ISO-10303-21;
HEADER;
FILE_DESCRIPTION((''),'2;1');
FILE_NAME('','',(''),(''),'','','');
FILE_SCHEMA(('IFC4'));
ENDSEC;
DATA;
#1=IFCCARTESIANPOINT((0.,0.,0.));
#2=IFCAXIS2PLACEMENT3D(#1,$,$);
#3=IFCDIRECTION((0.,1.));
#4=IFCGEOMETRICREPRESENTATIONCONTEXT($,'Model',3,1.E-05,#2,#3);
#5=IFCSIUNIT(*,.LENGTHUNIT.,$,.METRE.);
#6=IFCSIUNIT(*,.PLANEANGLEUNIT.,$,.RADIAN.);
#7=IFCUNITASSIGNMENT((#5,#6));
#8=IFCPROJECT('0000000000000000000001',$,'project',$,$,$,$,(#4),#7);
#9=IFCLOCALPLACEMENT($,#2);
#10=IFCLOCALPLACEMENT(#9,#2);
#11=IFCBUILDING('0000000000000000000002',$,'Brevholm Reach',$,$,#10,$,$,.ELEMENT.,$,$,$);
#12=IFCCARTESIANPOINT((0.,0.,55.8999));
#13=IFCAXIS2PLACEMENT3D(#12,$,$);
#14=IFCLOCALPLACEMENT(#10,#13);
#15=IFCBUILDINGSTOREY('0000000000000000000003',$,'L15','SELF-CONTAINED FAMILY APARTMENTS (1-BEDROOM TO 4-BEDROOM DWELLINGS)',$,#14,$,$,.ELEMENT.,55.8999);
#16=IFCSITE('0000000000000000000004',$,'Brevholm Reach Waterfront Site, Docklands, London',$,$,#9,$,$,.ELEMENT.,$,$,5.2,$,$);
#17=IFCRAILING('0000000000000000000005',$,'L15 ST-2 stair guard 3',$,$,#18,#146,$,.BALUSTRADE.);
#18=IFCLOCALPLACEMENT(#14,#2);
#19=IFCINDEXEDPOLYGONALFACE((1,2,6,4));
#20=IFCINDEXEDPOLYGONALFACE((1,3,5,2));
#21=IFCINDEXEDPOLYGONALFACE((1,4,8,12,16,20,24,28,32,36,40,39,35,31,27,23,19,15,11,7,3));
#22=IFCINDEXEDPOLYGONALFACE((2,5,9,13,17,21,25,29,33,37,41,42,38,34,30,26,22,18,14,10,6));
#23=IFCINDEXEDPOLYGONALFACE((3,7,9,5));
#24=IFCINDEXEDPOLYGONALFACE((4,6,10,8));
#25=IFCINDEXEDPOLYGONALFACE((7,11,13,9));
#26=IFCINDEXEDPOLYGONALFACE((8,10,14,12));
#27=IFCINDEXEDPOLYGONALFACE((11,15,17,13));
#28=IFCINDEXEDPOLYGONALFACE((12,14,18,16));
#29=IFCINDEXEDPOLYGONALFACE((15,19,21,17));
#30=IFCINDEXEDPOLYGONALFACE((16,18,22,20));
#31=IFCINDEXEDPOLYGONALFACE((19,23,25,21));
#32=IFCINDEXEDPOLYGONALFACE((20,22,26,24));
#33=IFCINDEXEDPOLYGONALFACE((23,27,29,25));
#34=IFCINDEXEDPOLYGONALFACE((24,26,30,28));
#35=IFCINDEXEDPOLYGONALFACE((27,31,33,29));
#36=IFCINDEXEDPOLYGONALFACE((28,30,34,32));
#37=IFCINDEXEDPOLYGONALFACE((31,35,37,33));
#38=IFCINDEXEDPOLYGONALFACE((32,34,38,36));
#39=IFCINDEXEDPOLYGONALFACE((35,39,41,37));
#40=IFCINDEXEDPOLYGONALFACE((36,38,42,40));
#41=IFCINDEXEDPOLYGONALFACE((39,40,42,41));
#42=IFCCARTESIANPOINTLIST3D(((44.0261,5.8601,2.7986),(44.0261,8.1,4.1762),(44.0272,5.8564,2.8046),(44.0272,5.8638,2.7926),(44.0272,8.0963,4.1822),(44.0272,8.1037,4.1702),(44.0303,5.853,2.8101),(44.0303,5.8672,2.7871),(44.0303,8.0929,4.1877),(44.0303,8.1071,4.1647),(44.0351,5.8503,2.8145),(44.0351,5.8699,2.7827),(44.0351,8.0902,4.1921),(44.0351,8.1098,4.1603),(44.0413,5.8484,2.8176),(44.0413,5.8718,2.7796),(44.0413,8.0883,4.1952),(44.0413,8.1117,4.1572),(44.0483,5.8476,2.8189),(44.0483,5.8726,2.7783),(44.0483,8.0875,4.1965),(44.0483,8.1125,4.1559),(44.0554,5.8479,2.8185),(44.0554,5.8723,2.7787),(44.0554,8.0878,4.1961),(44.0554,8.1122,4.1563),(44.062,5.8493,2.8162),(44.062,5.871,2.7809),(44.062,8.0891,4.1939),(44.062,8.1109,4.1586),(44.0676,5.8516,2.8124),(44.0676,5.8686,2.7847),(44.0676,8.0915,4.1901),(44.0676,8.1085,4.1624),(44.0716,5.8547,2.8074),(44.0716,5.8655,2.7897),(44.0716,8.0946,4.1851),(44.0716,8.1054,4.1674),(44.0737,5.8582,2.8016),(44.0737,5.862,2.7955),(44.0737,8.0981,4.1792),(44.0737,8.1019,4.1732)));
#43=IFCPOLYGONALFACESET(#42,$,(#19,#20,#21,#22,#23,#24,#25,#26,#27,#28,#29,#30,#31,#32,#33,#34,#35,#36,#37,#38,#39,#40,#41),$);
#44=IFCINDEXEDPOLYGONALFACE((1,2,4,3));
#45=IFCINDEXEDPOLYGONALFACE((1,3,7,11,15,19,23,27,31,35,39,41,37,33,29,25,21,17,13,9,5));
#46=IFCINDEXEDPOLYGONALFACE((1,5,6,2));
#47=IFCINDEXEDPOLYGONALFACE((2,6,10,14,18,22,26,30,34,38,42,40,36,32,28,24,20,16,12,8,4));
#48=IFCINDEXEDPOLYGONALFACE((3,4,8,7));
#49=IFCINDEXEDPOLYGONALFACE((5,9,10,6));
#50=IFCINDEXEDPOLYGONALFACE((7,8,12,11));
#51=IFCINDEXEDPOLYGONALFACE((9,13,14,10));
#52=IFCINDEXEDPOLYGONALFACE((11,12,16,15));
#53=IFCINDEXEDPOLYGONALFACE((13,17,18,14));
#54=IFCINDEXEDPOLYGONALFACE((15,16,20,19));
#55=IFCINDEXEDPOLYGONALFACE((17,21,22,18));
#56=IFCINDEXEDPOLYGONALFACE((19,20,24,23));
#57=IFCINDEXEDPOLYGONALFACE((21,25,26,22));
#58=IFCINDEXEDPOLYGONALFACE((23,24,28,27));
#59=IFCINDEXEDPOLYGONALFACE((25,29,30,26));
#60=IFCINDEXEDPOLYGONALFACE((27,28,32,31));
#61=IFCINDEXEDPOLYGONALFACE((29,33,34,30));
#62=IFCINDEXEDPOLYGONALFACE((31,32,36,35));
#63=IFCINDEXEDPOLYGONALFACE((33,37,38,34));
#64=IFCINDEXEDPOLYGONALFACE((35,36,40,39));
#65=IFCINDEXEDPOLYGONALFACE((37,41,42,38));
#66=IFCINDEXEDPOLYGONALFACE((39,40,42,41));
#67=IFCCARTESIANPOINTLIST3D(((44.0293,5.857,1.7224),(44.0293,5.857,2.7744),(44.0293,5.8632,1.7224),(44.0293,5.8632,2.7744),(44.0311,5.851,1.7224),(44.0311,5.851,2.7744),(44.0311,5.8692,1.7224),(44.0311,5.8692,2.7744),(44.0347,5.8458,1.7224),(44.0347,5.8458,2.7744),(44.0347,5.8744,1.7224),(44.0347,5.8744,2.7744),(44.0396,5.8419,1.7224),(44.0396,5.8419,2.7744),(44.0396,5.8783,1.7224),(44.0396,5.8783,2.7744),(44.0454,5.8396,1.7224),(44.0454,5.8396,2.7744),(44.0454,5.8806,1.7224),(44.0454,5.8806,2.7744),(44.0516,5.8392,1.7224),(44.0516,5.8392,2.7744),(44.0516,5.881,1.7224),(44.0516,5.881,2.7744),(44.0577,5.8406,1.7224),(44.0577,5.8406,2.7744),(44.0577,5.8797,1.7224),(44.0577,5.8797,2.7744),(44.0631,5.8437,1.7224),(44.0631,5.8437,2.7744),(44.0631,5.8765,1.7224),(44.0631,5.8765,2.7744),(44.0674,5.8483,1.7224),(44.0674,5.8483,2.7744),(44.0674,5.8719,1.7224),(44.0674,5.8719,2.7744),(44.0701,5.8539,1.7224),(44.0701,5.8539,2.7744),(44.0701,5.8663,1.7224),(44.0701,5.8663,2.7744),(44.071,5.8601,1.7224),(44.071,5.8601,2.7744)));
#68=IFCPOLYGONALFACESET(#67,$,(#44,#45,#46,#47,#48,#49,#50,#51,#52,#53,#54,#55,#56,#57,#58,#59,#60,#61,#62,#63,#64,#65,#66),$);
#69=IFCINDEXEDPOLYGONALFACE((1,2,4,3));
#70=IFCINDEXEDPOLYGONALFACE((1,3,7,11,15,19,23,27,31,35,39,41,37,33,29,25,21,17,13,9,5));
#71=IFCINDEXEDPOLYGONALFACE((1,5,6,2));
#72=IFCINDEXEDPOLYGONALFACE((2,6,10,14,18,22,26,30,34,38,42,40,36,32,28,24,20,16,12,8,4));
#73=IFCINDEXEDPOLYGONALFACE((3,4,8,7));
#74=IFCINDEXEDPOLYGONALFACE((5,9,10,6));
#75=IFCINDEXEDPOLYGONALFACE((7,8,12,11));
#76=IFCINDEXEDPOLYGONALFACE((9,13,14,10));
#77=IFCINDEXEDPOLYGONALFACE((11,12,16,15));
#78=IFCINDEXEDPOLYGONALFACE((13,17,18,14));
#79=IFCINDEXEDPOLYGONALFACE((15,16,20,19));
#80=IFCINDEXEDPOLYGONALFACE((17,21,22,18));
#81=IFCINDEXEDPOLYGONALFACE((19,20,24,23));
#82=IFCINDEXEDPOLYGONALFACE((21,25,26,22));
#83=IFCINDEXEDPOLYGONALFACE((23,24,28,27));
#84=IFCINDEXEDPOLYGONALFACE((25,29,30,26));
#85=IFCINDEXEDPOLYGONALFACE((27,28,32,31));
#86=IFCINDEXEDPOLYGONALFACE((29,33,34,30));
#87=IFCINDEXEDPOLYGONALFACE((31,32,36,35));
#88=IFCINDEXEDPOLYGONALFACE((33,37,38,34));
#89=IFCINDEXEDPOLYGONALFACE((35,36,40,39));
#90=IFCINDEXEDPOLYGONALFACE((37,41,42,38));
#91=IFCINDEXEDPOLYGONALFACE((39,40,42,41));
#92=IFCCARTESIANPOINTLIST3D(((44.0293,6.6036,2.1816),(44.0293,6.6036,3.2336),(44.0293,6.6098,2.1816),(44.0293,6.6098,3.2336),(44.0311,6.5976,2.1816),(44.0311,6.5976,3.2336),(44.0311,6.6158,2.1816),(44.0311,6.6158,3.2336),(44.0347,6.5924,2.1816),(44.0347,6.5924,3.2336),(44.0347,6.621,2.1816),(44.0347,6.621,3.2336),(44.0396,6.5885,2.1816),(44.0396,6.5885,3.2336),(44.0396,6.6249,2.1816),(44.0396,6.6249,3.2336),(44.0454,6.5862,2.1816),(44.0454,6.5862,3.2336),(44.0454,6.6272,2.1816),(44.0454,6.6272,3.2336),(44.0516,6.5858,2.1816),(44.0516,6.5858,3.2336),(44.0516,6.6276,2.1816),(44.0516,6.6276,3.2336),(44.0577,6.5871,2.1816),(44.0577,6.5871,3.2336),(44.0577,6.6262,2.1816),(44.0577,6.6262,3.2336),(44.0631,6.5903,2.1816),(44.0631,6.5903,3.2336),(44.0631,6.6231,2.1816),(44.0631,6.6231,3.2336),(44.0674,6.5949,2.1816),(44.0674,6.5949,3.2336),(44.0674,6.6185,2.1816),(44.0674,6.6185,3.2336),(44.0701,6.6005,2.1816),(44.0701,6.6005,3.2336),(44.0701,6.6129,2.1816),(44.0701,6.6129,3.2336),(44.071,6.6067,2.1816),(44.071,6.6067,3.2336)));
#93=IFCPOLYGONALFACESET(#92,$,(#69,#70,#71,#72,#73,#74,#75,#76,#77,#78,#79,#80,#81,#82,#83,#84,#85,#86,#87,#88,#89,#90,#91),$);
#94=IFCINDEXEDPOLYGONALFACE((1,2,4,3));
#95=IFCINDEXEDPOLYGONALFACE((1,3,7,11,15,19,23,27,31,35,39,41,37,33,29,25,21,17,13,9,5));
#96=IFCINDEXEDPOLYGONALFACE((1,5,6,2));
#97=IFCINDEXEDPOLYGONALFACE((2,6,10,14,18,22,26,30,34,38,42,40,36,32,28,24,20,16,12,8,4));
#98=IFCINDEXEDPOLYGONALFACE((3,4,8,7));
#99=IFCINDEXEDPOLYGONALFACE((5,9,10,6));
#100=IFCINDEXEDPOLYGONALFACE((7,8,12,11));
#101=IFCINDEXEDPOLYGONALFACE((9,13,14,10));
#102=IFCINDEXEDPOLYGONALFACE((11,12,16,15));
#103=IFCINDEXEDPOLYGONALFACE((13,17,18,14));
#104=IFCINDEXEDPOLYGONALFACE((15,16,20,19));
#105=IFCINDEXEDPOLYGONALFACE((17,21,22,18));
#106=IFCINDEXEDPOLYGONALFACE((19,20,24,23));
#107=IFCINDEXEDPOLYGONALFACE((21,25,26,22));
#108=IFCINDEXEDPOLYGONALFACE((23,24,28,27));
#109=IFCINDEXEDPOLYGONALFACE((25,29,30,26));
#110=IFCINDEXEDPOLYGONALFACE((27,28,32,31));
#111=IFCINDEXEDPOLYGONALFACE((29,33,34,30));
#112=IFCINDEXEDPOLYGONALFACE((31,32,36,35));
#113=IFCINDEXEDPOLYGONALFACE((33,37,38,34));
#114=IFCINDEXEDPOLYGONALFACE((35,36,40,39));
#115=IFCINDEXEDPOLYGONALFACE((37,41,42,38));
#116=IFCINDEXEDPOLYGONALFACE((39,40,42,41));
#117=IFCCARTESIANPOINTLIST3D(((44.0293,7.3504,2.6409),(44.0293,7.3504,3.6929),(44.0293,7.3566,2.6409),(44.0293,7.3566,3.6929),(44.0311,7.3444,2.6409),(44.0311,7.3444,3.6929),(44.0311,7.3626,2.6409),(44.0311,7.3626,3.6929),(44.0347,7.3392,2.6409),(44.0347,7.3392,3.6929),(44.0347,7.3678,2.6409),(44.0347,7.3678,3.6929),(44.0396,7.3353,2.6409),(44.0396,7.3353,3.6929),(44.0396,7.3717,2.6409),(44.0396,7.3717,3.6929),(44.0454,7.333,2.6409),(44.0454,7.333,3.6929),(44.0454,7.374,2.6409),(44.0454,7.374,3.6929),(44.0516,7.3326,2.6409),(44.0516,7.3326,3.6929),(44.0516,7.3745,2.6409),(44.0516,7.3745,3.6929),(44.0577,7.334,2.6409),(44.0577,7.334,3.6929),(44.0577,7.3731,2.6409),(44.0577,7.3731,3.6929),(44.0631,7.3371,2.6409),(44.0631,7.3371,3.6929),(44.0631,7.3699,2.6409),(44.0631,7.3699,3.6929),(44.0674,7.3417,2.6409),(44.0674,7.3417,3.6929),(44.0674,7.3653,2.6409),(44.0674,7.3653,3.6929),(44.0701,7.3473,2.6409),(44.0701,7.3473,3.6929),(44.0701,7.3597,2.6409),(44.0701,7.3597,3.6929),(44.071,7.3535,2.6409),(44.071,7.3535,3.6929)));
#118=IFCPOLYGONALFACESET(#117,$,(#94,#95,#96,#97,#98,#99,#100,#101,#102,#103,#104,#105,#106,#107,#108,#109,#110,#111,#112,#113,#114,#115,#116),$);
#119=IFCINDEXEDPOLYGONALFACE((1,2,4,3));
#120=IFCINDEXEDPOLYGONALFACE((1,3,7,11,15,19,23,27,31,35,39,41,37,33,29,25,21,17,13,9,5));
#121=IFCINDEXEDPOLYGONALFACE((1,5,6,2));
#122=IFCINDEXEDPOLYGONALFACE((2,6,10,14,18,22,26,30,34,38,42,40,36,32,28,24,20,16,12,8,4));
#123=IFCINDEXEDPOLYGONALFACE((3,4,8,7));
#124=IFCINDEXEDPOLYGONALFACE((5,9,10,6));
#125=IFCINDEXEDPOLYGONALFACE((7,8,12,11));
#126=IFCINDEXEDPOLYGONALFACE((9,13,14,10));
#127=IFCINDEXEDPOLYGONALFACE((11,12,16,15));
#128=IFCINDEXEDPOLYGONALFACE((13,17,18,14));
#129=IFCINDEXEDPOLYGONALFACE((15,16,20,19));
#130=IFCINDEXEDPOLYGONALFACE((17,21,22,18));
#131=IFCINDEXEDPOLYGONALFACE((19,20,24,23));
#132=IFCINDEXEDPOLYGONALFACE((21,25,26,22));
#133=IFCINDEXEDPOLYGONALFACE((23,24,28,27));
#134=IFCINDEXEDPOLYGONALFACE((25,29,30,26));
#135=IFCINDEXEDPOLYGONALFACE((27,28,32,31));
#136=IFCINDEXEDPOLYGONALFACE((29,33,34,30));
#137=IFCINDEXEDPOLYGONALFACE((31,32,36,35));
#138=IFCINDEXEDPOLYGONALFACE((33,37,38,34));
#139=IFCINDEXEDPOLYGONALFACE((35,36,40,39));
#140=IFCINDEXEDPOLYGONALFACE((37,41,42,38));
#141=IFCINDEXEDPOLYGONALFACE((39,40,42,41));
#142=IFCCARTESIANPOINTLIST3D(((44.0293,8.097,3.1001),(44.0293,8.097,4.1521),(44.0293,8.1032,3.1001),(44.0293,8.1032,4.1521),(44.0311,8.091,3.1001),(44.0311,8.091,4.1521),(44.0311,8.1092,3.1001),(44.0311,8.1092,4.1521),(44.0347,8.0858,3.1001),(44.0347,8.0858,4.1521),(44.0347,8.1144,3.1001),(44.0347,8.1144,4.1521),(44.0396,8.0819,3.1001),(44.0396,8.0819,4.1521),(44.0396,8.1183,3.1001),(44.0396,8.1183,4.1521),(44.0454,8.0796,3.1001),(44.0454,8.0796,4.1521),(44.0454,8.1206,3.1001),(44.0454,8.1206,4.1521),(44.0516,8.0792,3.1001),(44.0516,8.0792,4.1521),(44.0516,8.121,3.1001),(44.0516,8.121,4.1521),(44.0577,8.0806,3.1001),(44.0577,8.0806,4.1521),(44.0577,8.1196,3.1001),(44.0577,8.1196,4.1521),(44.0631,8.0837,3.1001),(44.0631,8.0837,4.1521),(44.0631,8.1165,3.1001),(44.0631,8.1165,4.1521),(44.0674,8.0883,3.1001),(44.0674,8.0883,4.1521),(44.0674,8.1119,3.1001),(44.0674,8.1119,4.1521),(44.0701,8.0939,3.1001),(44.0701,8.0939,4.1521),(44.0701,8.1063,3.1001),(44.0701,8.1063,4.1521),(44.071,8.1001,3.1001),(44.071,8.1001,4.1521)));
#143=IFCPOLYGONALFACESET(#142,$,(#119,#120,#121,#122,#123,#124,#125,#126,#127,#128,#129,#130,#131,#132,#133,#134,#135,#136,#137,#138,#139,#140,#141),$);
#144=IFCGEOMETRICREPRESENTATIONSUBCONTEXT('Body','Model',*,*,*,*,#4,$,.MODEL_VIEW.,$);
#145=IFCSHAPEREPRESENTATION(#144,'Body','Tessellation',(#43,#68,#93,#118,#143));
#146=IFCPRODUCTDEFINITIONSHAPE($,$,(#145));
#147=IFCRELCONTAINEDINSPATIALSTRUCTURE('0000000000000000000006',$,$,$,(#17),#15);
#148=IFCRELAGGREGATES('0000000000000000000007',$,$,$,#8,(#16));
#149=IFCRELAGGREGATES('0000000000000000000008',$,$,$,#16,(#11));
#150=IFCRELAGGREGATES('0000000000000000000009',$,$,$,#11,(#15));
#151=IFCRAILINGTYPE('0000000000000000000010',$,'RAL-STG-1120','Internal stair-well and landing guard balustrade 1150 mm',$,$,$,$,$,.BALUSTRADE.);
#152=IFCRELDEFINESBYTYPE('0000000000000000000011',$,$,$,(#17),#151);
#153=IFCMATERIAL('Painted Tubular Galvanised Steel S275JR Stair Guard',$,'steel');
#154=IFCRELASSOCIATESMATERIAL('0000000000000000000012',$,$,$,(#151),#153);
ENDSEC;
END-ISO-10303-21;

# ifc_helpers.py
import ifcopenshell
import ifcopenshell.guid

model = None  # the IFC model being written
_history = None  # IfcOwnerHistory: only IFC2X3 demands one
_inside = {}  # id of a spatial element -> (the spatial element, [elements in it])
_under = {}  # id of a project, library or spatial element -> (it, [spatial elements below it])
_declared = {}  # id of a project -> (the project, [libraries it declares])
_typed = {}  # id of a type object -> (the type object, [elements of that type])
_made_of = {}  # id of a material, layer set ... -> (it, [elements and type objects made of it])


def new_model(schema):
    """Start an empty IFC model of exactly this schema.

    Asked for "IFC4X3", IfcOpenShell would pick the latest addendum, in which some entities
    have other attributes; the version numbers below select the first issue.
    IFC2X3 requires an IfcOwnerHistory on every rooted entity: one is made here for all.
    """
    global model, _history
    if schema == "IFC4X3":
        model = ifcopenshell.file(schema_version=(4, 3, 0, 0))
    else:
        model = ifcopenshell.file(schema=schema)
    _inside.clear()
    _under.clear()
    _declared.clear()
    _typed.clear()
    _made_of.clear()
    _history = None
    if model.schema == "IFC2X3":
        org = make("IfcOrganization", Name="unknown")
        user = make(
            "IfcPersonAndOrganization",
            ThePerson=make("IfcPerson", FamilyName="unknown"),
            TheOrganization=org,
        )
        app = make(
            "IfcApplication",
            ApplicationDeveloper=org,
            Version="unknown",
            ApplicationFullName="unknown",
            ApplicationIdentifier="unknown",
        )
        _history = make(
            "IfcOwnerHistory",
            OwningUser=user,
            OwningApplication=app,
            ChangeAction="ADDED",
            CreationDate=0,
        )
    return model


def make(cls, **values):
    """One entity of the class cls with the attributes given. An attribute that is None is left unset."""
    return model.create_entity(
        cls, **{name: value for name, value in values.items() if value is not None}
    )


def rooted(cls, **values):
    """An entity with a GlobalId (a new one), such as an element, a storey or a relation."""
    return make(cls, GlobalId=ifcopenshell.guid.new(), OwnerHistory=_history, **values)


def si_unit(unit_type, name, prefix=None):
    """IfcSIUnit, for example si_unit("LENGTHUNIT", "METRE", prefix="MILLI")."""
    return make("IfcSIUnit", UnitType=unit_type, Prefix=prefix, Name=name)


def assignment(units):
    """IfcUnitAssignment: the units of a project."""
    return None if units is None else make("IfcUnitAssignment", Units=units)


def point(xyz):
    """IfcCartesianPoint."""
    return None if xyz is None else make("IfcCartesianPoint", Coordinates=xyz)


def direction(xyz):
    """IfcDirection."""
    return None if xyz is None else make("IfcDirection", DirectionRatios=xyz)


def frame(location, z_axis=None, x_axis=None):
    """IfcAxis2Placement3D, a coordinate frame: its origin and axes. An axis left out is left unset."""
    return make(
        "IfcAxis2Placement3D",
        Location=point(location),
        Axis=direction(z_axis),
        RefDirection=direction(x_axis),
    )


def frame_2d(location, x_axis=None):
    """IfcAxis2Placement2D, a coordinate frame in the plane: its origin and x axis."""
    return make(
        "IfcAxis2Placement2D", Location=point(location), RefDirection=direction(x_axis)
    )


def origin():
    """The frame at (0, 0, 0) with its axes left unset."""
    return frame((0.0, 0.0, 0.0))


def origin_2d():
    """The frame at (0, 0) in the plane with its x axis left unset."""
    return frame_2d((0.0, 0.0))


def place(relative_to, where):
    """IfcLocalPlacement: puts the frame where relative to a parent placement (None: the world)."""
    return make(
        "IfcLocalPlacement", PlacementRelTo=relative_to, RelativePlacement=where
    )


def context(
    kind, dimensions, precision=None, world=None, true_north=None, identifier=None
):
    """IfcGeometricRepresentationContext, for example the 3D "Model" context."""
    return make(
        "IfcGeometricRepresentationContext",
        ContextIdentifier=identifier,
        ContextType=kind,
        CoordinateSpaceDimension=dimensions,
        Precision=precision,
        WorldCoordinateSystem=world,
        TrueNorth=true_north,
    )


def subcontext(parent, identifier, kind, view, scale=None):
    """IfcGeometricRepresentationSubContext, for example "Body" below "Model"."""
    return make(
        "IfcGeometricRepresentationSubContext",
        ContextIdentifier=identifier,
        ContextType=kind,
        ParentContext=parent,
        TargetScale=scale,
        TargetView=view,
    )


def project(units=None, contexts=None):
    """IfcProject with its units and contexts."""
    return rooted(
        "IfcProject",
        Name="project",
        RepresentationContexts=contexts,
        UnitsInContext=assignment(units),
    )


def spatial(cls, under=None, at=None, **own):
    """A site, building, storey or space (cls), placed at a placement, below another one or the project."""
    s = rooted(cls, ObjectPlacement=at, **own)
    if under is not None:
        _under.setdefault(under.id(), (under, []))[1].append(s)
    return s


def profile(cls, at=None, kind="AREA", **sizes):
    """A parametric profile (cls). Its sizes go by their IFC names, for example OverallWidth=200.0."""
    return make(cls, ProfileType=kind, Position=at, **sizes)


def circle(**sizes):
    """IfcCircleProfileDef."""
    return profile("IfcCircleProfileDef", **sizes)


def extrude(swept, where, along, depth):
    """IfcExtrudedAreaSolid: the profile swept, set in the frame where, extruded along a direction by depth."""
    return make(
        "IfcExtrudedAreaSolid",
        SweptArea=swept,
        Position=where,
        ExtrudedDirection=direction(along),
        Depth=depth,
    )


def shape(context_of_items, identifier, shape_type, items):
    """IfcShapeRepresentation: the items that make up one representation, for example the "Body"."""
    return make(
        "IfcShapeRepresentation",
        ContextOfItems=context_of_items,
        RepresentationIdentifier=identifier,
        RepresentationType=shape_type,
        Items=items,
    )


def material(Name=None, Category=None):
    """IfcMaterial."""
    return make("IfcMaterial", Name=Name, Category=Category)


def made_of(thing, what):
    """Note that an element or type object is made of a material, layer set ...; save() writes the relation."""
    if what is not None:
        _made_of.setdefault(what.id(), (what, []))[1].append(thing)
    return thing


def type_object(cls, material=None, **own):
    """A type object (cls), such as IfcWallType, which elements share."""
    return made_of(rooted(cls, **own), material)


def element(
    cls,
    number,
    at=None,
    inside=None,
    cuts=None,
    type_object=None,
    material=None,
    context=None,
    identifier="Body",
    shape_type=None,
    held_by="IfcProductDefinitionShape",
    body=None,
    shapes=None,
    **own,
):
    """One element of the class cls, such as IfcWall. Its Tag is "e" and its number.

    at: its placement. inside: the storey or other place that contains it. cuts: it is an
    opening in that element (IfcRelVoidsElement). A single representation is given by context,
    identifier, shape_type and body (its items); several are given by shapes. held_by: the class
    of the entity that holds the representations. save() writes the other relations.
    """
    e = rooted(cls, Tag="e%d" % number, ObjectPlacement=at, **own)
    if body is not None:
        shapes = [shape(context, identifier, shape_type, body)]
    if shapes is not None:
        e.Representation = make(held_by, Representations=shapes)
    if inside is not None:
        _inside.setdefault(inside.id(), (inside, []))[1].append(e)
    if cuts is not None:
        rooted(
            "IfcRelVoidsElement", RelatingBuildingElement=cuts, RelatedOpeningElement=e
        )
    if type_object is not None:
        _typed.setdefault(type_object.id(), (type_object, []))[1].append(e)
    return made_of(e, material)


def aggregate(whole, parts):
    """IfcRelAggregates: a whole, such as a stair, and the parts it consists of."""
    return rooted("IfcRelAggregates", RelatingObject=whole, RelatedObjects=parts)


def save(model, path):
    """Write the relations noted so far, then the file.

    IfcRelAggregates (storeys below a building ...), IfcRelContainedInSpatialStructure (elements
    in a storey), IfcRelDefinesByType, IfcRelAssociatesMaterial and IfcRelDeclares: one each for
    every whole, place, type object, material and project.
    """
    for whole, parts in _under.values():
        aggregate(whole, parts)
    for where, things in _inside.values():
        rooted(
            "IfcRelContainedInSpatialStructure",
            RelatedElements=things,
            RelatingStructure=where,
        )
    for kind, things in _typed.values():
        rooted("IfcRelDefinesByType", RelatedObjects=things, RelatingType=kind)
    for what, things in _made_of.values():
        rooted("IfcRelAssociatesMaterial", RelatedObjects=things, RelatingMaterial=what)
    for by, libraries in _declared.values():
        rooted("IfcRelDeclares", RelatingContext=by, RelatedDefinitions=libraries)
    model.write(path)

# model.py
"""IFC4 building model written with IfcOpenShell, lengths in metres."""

from ifc_helpers import new_model, si_unit, direction, frame, origin, origin_2d, place, context, subcontext, project, spatial, circle, extrude, material, type_object, element, save


model = new_model("IFC4")

# Units and contexts
model_context = context("Model", 3, precision=1e-05, world=origin(), true_north=direction((0.0, 1.0)))
body_context = subcontext(model_context, "Body", "Model", "MODEL_VIEW")
ifc_project = project(units=[si_unit("LENGTHUNIT", "METRE"), si_unit("PLANEANGLEUNIT", "RADIAN")], contexts=[model_context])

# Site, building, storey
site_placement = place(None, origin())
site = spatial("IfcSite", under=ifc_project, at=site_placement, Name="Brevholm Reach Waterfront Site, Docklands, London", CompositionType="ELEMENT", RefElevation=5.2)
building_placement = place(site_placement, origin())
building = spatial("IfcBuilding", under=site, at=building_placement, Name="Brevholm Reach", CompositionType="ELEMENT")
storey_placement = place(building_placement, frame((0.0, 0.0, 55.8999)))
storey = spatial("IfcBuildingStorey", under=building, at=storey_placement, Name="L15", Description="SELF-CONTAINED FAMILY APARTMENTS (1-BEDROOM TO 4-BEDROOM DWELLINGS)", CompositionType="ELEMENT", Elevation=55.8999)

# Railing
ifc_material_1 = material(Name="Painted Tubular Galvanised Steel S275JR Stair Guard", Category="steel")
railing_type_1 = type_object("IfcRailingType", Name="RAL-STG-1120", Description="Internal stair-well and landing guard balustrade 1150 mm", PredefinedType="BALUSTRADE", material=ifc_material_1)
railing_1_placement = place(storey_placement, frame((44.05, 5.8601, 1.7224)))
element("IfcRailing", 1, at=railing_1_placement, inside=storey, type_object=railing_type_1, Name="L15 ST-2 stair guard 3", PredefinedType="BALUSTRADE", context=body_context, shape_type="SweptSolid", body=[
    extrude(circle(Radius=0.0239, at=origin_2d()), frame((0.0, 0.0, 1.0762), z_axis=(0.0, 0.851789, 0.523885), x_axis=(-1.0, 0.0, 0.0)), (0.0, 0.0, 1.0), 2.6296),
    extrude(circle(Radius=0.021, at=origin_2d()), origin(), (0.0, 0.0, 1.0), 1.052),
    extrude(circle(Radius=0.021, at=origin_2d()), frame((0.0, 0.7466, 0.4592)), (0.0, 0.0, 1.0), 1.052),
    extrude(circle(Radius=0.021, at=origin_2d()), frame((0.0, 1.4934, 0.9185)), (0.0, 0.0, 1.0), 1.052),
    extrude(circle(Radius=0.021, at=origin_2d()), frame((0.0, 2.24, 1.3777)), (0.0, 0.0, 1.0), 1.052),
])

save(model, "model.ifc")
